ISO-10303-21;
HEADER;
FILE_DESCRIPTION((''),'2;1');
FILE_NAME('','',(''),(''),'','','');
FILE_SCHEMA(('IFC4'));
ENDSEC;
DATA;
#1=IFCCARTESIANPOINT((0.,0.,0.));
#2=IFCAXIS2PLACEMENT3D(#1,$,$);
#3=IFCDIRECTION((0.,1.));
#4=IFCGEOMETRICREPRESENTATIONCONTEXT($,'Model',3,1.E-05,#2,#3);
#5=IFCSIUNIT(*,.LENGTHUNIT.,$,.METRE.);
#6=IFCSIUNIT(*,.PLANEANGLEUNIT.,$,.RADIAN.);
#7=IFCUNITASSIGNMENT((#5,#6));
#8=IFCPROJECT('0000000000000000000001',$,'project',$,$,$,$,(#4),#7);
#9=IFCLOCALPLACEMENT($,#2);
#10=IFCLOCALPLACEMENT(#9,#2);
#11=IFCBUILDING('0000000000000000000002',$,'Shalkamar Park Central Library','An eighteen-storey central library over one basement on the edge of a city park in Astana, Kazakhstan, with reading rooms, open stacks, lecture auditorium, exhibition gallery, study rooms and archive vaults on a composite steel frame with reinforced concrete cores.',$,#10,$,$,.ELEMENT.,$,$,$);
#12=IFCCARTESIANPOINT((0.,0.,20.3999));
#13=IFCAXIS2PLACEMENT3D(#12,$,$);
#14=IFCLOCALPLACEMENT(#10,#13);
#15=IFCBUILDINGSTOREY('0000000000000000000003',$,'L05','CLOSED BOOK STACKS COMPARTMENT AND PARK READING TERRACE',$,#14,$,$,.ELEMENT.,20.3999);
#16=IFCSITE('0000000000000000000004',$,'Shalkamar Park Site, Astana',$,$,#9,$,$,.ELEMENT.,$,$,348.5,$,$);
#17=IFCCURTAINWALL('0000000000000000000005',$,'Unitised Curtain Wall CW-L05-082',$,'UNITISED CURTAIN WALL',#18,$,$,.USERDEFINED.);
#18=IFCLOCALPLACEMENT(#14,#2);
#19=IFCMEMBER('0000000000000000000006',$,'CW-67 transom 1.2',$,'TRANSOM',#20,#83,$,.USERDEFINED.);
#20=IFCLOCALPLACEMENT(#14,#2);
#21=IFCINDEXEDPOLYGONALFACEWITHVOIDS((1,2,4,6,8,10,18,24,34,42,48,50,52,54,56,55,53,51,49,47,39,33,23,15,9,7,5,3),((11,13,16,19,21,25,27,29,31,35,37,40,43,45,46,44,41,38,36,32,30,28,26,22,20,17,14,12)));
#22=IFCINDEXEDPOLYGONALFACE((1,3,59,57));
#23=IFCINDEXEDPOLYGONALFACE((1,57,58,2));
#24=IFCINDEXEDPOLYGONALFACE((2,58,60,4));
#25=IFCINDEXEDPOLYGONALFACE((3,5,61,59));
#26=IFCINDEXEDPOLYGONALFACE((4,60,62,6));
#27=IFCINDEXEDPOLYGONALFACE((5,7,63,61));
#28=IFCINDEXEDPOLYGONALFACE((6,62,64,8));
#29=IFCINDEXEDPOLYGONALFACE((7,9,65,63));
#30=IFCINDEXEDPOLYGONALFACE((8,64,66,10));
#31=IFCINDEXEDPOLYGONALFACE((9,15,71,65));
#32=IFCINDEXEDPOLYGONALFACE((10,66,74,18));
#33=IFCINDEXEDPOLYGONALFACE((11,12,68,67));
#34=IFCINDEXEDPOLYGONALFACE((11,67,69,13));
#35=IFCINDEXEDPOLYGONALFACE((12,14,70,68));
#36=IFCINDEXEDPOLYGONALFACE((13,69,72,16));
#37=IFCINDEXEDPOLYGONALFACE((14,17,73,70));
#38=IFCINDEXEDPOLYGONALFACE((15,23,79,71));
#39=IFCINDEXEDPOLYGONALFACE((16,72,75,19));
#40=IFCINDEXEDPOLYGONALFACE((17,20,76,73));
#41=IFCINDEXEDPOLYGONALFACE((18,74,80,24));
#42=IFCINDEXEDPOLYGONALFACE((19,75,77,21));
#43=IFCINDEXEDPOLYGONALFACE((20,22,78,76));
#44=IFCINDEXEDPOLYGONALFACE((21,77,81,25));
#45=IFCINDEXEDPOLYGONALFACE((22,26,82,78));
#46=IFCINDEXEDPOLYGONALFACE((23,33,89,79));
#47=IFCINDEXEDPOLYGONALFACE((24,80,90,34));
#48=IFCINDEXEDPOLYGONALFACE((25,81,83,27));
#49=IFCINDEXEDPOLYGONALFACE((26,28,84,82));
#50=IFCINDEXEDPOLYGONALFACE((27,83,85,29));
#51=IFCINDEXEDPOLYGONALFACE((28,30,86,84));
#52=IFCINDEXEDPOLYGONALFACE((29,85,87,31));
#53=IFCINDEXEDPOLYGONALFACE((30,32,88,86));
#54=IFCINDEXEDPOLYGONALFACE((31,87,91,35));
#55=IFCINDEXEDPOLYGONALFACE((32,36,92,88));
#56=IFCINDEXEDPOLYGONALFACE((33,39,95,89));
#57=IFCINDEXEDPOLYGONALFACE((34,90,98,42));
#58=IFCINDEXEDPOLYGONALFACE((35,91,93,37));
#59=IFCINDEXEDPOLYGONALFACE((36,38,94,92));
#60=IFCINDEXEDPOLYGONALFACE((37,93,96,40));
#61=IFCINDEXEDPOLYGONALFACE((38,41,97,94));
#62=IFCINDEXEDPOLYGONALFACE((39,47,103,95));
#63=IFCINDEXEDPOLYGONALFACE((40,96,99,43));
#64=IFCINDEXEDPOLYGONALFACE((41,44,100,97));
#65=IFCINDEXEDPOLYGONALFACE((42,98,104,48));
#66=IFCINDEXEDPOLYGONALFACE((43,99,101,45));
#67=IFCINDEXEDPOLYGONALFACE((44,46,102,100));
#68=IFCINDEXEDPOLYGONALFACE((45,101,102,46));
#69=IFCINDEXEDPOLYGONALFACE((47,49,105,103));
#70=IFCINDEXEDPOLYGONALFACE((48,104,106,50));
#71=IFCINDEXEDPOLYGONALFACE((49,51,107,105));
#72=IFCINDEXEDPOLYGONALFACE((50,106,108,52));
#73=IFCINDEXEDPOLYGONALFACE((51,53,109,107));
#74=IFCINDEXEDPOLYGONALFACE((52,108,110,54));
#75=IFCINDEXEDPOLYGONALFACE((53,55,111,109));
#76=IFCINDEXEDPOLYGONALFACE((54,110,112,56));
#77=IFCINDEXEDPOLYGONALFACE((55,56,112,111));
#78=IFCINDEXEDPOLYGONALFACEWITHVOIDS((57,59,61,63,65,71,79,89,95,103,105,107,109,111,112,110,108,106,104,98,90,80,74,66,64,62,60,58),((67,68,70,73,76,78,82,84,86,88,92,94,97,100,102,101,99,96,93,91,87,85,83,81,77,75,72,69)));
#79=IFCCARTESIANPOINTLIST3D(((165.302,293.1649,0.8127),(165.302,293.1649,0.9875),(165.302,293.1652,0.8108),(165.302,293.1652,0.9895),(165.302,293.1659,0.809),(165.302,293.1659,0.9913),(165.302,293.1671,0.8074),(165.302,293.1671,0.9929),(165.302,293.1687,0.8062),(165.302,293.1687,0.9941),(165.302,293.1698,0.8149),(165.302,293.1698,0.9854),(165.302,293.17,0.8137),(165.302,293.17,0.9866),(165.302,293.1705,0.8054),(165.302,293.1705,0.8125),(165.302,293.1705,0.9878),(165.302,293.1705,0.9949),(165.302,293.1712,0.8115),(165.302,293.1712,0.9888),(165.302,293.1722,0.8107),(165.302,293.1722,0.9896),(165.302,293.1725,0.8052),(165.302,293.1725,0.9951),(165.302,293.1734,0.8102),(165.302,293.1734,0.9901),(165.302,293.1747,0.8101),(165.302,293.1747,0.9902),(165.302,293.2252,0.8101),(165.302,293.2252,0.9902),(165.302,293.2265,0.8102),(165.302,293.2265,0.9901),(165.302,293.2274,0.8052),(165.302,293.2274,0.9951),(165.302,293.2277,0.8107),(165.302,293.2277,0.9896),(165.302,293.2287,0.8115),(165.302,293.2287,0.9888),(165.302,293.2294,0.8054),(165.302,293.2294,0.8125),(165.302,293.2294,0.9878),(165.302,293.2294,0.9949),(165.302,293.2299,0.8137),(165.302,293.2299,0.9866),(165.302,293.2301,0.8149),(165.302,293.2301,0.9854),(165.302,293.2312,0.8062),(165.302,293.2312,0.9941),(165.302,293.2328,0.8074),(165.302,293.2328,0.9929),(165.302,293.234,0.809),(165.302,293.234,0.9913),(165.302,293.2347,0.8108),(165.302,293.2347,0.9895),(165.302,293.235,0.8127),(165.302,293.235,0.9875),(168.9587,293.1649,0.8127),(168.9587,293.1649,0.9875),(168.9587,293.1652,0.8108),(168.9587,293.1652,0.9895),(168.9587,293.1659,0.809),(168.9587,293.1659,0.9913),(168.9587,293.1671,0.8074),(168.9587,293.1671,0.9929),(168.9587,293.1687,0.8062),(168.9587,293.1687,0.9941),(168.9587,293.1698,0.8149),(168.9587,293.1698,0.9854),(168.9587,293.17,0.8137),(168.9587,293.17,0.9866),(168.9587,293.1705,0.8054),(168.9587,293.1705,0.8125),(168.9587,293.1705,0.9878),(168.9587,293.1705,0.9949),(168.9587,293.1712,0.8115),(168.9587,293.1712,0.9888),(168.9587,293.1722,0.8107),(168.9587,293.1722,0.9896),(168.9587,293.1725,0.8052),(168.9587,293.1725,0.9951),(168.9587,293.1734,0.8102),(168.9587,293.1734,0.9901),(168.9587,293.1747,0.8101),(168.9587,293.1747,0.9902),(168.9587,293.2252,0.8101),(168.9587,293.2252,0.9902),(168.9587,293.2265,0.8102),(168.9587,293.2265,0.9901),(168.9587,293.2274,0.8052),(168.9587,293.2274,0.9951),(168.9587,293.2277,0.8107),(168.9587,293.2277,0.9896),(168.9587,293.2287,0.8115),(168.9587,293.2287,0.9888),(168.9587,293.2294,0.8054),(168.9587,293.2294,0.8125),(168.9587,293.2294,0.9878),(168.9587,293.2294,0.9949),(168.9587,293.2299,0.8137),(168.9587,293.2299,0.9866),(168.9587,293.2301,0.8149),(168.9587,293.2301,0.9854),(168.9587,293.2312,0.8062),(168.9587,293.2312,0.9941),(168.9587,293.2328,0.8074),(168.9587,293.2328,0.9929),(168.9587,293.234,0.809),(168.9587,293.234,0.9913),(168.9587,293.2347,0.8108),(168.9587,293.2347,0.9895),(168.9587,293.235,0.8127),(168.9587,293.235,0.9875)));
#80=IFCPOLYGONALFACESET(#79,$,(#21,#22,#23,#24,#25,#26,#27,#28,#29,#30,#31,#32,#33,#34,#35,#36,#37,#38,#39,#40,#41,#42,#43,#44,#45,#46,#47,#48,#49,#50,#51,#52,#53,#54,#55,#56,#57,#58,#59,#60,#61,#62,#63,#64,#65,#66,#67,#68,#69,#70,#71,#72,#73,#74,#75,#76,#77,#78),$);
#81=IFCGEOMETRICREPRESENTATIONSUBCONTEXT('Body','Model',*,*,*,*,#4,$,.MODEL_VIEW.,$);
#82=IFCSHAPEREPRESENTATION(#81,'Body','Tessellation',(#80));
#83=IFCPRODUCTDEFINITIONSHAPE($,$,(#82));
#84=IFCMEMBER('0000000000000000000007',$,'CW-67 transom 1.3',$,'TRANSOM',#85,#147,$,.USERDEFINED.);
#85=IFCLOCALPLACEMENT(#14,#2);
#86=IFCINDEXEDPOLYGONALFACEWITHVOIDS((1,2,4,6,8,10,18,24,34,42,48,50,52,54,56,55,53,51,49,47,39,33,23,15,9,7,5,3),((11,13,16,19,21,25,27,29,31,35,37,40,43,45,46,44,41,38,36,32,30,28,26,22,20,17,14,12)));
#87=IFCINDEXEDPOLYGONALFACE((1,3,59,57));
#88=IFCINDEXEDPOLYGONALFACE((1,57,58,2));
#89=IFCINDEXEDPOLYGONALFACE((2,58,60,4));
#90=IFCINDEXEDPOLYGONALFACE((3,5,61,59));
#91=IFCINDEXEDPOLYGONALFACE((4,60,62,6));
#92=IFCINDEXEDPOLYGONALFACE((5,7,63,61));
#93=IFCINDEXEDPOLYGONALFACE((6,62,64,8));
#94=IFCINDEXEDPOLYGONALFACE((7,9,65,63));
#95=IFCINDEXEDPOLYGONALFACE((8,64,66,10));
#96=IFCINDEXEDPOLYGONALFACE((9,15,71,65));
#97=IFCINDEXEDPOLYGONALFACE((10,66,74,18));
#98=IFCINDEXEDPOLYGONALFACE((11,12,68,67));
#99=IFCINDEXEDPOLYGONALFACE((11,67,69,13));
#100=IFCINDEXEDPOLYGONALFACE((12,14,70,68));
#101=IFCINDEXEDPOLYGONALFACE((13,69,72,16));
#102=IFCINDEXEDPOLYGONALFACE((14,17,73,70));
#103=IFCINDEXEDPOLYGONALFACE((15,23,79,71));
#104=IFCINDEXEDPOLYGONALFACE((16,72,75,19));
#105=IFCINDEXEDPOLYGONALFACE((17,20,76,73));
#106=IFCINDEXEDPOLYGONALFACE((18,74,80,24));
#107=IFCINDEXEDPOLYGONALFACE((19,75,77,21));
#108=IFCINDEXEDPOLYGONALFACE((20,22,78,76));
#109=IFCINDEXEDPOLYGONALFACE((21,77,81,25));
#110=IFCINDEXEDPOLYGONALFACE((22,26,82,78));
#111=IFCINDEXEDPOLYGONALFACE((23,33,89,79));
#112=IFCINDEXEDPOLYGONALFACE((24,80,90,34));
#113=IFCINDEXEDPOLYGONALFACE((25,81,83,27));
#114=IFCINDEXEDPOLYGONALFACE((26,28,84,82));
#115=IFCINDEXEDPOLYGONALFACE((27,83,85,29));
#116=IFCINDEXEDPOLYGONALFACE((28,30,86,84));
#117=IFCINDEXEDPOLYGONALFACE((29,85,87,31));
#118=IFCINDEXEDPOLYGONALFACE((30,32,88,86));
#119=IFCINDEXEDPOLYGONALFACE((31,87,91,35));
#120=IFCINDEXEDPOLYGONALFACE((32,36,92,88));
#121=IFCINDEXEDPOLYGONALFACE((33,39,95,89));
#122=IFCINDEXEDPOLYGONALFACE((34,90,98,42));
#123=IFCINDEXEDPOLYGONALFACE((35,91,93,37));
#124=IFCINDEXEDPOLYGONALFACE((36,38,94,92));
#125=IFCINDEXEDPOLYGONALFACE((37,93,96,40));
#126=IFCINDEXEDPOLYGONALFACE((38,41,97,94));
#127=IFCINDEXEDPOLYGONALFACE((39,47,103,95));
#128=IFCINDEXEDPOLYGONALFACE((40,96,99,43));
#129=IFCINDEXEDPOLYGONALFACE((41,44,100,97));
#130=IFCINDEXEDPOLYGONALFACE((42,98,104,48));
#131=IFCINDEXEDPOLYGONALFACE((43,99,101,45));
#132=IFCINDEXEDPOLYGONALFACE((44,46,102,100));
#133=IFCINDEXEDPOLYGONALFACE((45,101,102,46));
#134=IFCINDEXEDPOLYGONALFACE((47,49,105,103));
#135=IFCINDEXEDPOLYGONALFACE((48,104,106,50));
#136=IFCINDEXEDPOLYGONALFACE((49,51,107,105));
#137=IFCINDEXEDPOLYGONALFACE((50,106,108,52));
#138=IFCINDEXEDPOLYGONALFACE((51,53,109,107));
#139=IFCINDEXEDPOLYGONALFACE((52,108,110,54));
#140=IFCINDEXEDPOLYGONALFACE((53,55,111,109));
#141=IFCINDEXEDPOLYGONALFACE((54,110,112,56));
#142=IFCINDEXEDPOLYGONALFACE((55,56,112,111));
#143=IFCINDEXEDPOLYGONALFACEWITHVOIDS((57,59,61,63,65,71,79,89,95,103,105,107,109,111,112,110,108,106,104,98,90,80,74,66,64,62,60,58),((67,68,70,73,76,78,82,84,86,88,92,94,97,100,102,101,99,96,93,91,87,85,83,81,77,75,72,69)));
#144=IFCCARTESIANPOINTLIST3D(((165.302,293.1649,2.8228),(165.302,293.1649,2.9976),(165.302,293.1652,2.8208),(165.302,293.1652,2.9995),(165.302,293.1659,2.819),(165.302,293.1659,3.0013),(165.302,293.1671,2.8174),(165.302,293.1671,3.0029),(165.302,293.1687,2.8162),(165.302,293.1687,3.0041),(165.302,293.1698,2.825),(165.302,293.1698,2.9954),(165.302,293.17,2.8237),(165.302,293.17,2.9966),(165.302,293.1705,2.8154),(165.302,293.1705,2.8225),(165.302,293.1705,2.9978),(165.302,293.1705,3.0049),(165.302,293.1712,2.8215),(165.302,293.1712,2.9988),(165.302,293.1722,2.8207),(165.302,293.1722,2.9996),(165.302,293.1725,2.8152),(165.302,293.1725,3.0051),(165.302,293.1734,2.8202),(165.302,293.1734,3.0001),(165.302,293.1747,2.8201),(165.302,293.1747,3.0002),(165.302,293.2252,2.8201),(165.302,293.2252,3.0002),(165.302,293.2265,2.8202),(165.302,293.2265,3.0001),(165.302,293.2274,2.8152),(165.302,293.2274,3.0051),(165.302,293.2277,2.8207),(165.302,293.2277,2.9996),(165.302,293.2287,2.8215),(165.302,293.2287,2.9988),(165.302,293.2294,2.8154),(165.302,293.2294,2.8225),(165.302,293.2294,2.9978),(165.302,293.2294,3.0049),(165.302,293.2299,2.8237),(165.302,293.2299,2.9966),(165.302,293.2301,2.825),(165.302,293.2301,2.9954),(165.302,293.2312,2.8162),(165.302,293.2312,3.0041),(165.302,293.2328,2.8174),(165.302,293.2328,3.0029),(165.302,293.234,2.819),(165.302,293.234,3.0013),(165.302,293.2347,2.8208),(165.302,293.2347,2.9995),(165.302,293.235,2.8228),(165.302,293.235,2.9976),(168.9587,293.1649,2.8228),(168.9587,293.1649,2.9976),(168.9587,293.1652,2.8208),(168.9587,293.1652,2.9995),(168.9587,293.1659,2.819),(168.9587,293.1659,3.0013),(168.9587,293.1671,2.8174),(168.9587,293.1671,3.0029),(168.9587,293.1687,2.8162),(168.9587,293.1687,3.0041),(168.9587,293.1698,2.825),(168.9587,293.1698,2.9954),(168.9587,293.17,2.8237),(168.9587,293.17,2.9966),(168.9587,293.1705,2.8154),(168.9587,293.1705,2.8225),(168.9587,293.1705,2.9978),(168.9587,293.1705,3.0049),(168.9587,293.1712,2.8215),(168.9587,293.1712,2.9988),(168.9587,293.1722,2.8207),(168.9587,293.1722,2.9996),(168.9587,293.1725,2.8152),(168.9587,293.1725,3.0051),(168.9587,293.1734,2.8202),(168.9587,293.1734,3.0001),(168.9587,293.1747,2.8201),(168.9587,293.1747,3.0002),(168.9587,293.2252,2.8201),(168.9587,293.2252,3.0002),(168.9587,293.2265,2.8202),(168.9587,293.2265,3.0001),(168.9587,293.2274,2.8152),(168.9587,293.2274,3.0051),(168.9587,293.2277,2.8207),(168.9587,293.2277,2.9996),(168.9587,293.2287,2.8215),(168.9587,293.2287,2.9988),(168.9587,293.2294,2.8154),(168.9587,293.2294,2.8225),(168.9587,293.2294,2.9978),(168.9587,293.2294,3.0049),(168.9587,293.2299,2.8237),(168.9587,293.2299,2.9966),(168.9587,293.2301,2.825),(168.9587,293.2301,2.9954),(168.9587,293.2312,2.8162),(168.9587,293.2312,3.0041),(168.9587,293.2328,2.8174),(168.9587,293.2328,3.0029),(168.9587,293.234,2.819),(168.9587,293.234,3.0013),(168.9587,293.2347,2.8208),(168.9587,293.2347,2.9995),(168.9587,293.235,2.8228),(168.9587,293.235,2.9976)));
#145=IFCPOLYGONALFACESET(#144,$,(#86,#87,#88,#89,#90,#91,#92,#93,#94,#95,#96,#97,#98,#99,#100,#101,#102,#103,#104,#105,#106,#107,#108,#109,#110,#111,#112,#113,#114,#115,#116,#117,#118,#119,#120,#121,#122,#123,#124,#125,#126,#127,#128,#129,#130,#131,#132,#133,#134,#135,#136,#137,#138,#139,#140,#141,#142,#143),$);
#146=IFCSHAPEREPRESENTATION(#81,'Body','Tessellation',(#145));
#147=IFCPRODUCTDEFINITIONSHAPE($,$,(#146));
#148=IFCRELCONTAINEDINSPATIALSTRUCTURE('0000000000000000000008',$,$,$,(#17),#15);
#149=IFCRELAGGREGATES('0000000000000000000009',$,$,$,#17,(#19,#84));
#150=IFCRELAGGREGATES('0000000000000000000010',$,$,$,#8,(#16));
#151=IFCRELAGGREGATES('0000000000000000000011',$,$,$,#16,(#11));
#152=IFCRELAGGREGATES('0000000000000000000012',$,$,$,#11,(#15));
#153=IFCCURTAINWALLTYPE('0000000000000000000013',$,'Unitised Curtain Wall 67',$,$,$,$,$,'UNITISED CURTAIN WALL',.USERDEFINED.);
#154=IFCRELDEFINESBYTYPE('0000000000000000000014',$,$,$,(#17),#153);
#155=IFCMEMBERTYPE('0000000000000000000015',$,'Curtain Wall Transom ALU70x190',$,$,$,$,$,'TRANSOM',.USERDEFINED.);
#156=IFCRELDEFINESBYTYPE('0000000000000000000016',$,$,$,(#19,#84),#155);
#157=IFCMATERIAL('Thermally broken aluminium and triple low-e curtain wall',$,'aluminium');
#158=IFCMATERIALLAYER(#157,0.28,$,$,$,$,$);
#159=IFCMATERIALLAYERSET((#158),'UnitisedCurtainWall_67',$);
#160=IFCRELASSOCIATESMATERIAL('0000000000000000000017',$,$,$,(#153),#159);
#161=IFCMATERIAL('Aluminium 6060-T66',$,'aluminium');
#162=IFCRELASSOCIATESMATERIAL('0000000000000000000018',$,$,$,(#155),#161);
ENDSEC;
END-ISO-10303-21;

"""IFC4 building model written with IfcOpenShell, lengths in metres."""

from ifc_helpers import new_model, si_unit, direction, frame, origin, origin_2d, place, context, subcontext, project, spatial, hollow_rectangle, extrude, material, layer, layer_set, material_profile, profile_set, type_object, element, aggregate, save


model = new_model("IFC4")

# Units and contexts
model_context = context("Model", 3, precision=1e-05, world=origin(), true_north=direction((0.0, 1.0)))
body_context = subcontext(model_context, "Body", "Model", "MODEL_VIEW")
ifc_project = project(units=[si_unit("LENGTHUNIT", "METRE"), si_unit("PLANEANGLEUNIT", "RADIAN")], contexts=[model_context])

# Site, building, storey
site_placement = place(None, origin())
site = spatial("IfcSite", under=ifc_project, at=site_placement, Name="Shalkamar Park Site, Astana", CompositionType="ELEMENT", RefElevation=348.5)
building_placement = place(site_placement, origin())
building = spatial("IfcBuilding", under=site, at=building_placement, Name="Shalkamar Park Central Library", Description="An eighteen-storey central library over one basement on the edge of a city park in Astana, Kazakhstan, with reading rooms, open stacks, lecture auditorium, exhibition gallery, study rooms and archive vaults on a composite steel frame with reinforced concrete cores.", CompositionType="ELEMENT")
storey_placement = place(building_placement, frame((0.0, 0.0, 20.3999)))
storey = spatial("IfcBuildingStorey", under=building, at=storey_placement, Name="L05", Description="CLOSED BOOK STACKS COMPARTMENT AND PARK READING TERRACE", CompositionType="ELEMENT", Elevation=20.3999)

# Curtain wall, members
ifc_material_1 = material(Name="Thermally broken aluminium and triple low-e curtain wall", Category="aluminium")
ifc_layer_1 = layer(ifc_material_1, 0.28)
ifc_layer_set_1 = layer_set([ifc_layer_1], Name="UnitisedCurtainWall_67")
curtain_wall_type = type_object("IfcCurtainWallType", Name="Unitised Curtain Wall 67", ElementType="UNITISED CURTAIN WALL", PredefinedType="USERDEFINED", material=ifc_layer_set_1)
curtain_wall_placement = place(storey_placement, origin())
curtain_wall = element("IfcCurtainWall", 1, at=curtain_wall_placement, inside=storey, type_object=curtain_wall_type, Name="Unitised Curtain Wall CW-L05-082", ObjectType="UNITISED CURTAIN WALL", PredefinedType="USERDEFINED")
ifc_material_2 = material(Name="Aluminium 6060-T66", Category="aluminium")
ifc_material_profile_1 = material_profile(ifc_material_2, hollow_rectangle(XDim=0.0701, YDim=0.1899, WallThickness=0.0049, InnerFilletRadius=0.0049, OuterFilletRadius=0.0076, at=origin_2d()), Name="ALU 70x190x5")
ifc_profile_set_1 = profile_set([ifc_material_profile_1], Name="Aluminium 6060-T66")
member_type_1 = type_object("IfcMemberType", Name="Curtain Wall Transom ALU70x190", ElementType="TRANSOM", PredefinedType="USERDEFINED", material=ifc_profile_set_1)
member_1_placement = place(storey_placement, frame((165.302, 293.2, 0.9001), z_axis=(1.0, 0.0, 0.0), x_axis=(0.0, 1.0, 0.0)))
member_1 = element("IfcMember", 2, at=member_1_placement, type_object=member_type_1, Name="CW-67 transom 1.2", ObjectType="TRANSOM", PredefinedType="USERDEFINED", context=body_context, shape_type="SweptSolid", body=[
    extrude(hollow_rectangle(XDim=0.0701, YDim=0.1899, WallThickness=0.0049, InnerFilletRadius=0.0049, OuterFilletRadius=0.0076, at=origin_2d()), origin(), (0.0, 0.0, 1.0), 3.6567),
])
member_2_placement = place(storey_placement, frame((165.302, 293.2, 2.9102), z_axis=(1.0, 0.0, 0.0), x_axis=(0.0, 1.0, 0.0)))
member_2 = element("IfcMember", 3, at=member_2_placement, type_object=member_type_1, Name="CW-67 transom 1.3", ObjectType="TRANSOM", PredefinedType="USERDEFINED", context=body_context, shape_type="SweptSolid", body=[
    extrude(hollow_rectangle(XDim=0.0701, YDim=0.1899, WallThickness=0.0049, InnerFilletRadius=0.0049, OuterFilletRadius=0.0076, at=origin_2d()), origin(), (0.0, 0.0, 1.0), 3.6567),
])

aggregate(curtain_wall, [member_1, member_2])

save(model, "model.ifc")
